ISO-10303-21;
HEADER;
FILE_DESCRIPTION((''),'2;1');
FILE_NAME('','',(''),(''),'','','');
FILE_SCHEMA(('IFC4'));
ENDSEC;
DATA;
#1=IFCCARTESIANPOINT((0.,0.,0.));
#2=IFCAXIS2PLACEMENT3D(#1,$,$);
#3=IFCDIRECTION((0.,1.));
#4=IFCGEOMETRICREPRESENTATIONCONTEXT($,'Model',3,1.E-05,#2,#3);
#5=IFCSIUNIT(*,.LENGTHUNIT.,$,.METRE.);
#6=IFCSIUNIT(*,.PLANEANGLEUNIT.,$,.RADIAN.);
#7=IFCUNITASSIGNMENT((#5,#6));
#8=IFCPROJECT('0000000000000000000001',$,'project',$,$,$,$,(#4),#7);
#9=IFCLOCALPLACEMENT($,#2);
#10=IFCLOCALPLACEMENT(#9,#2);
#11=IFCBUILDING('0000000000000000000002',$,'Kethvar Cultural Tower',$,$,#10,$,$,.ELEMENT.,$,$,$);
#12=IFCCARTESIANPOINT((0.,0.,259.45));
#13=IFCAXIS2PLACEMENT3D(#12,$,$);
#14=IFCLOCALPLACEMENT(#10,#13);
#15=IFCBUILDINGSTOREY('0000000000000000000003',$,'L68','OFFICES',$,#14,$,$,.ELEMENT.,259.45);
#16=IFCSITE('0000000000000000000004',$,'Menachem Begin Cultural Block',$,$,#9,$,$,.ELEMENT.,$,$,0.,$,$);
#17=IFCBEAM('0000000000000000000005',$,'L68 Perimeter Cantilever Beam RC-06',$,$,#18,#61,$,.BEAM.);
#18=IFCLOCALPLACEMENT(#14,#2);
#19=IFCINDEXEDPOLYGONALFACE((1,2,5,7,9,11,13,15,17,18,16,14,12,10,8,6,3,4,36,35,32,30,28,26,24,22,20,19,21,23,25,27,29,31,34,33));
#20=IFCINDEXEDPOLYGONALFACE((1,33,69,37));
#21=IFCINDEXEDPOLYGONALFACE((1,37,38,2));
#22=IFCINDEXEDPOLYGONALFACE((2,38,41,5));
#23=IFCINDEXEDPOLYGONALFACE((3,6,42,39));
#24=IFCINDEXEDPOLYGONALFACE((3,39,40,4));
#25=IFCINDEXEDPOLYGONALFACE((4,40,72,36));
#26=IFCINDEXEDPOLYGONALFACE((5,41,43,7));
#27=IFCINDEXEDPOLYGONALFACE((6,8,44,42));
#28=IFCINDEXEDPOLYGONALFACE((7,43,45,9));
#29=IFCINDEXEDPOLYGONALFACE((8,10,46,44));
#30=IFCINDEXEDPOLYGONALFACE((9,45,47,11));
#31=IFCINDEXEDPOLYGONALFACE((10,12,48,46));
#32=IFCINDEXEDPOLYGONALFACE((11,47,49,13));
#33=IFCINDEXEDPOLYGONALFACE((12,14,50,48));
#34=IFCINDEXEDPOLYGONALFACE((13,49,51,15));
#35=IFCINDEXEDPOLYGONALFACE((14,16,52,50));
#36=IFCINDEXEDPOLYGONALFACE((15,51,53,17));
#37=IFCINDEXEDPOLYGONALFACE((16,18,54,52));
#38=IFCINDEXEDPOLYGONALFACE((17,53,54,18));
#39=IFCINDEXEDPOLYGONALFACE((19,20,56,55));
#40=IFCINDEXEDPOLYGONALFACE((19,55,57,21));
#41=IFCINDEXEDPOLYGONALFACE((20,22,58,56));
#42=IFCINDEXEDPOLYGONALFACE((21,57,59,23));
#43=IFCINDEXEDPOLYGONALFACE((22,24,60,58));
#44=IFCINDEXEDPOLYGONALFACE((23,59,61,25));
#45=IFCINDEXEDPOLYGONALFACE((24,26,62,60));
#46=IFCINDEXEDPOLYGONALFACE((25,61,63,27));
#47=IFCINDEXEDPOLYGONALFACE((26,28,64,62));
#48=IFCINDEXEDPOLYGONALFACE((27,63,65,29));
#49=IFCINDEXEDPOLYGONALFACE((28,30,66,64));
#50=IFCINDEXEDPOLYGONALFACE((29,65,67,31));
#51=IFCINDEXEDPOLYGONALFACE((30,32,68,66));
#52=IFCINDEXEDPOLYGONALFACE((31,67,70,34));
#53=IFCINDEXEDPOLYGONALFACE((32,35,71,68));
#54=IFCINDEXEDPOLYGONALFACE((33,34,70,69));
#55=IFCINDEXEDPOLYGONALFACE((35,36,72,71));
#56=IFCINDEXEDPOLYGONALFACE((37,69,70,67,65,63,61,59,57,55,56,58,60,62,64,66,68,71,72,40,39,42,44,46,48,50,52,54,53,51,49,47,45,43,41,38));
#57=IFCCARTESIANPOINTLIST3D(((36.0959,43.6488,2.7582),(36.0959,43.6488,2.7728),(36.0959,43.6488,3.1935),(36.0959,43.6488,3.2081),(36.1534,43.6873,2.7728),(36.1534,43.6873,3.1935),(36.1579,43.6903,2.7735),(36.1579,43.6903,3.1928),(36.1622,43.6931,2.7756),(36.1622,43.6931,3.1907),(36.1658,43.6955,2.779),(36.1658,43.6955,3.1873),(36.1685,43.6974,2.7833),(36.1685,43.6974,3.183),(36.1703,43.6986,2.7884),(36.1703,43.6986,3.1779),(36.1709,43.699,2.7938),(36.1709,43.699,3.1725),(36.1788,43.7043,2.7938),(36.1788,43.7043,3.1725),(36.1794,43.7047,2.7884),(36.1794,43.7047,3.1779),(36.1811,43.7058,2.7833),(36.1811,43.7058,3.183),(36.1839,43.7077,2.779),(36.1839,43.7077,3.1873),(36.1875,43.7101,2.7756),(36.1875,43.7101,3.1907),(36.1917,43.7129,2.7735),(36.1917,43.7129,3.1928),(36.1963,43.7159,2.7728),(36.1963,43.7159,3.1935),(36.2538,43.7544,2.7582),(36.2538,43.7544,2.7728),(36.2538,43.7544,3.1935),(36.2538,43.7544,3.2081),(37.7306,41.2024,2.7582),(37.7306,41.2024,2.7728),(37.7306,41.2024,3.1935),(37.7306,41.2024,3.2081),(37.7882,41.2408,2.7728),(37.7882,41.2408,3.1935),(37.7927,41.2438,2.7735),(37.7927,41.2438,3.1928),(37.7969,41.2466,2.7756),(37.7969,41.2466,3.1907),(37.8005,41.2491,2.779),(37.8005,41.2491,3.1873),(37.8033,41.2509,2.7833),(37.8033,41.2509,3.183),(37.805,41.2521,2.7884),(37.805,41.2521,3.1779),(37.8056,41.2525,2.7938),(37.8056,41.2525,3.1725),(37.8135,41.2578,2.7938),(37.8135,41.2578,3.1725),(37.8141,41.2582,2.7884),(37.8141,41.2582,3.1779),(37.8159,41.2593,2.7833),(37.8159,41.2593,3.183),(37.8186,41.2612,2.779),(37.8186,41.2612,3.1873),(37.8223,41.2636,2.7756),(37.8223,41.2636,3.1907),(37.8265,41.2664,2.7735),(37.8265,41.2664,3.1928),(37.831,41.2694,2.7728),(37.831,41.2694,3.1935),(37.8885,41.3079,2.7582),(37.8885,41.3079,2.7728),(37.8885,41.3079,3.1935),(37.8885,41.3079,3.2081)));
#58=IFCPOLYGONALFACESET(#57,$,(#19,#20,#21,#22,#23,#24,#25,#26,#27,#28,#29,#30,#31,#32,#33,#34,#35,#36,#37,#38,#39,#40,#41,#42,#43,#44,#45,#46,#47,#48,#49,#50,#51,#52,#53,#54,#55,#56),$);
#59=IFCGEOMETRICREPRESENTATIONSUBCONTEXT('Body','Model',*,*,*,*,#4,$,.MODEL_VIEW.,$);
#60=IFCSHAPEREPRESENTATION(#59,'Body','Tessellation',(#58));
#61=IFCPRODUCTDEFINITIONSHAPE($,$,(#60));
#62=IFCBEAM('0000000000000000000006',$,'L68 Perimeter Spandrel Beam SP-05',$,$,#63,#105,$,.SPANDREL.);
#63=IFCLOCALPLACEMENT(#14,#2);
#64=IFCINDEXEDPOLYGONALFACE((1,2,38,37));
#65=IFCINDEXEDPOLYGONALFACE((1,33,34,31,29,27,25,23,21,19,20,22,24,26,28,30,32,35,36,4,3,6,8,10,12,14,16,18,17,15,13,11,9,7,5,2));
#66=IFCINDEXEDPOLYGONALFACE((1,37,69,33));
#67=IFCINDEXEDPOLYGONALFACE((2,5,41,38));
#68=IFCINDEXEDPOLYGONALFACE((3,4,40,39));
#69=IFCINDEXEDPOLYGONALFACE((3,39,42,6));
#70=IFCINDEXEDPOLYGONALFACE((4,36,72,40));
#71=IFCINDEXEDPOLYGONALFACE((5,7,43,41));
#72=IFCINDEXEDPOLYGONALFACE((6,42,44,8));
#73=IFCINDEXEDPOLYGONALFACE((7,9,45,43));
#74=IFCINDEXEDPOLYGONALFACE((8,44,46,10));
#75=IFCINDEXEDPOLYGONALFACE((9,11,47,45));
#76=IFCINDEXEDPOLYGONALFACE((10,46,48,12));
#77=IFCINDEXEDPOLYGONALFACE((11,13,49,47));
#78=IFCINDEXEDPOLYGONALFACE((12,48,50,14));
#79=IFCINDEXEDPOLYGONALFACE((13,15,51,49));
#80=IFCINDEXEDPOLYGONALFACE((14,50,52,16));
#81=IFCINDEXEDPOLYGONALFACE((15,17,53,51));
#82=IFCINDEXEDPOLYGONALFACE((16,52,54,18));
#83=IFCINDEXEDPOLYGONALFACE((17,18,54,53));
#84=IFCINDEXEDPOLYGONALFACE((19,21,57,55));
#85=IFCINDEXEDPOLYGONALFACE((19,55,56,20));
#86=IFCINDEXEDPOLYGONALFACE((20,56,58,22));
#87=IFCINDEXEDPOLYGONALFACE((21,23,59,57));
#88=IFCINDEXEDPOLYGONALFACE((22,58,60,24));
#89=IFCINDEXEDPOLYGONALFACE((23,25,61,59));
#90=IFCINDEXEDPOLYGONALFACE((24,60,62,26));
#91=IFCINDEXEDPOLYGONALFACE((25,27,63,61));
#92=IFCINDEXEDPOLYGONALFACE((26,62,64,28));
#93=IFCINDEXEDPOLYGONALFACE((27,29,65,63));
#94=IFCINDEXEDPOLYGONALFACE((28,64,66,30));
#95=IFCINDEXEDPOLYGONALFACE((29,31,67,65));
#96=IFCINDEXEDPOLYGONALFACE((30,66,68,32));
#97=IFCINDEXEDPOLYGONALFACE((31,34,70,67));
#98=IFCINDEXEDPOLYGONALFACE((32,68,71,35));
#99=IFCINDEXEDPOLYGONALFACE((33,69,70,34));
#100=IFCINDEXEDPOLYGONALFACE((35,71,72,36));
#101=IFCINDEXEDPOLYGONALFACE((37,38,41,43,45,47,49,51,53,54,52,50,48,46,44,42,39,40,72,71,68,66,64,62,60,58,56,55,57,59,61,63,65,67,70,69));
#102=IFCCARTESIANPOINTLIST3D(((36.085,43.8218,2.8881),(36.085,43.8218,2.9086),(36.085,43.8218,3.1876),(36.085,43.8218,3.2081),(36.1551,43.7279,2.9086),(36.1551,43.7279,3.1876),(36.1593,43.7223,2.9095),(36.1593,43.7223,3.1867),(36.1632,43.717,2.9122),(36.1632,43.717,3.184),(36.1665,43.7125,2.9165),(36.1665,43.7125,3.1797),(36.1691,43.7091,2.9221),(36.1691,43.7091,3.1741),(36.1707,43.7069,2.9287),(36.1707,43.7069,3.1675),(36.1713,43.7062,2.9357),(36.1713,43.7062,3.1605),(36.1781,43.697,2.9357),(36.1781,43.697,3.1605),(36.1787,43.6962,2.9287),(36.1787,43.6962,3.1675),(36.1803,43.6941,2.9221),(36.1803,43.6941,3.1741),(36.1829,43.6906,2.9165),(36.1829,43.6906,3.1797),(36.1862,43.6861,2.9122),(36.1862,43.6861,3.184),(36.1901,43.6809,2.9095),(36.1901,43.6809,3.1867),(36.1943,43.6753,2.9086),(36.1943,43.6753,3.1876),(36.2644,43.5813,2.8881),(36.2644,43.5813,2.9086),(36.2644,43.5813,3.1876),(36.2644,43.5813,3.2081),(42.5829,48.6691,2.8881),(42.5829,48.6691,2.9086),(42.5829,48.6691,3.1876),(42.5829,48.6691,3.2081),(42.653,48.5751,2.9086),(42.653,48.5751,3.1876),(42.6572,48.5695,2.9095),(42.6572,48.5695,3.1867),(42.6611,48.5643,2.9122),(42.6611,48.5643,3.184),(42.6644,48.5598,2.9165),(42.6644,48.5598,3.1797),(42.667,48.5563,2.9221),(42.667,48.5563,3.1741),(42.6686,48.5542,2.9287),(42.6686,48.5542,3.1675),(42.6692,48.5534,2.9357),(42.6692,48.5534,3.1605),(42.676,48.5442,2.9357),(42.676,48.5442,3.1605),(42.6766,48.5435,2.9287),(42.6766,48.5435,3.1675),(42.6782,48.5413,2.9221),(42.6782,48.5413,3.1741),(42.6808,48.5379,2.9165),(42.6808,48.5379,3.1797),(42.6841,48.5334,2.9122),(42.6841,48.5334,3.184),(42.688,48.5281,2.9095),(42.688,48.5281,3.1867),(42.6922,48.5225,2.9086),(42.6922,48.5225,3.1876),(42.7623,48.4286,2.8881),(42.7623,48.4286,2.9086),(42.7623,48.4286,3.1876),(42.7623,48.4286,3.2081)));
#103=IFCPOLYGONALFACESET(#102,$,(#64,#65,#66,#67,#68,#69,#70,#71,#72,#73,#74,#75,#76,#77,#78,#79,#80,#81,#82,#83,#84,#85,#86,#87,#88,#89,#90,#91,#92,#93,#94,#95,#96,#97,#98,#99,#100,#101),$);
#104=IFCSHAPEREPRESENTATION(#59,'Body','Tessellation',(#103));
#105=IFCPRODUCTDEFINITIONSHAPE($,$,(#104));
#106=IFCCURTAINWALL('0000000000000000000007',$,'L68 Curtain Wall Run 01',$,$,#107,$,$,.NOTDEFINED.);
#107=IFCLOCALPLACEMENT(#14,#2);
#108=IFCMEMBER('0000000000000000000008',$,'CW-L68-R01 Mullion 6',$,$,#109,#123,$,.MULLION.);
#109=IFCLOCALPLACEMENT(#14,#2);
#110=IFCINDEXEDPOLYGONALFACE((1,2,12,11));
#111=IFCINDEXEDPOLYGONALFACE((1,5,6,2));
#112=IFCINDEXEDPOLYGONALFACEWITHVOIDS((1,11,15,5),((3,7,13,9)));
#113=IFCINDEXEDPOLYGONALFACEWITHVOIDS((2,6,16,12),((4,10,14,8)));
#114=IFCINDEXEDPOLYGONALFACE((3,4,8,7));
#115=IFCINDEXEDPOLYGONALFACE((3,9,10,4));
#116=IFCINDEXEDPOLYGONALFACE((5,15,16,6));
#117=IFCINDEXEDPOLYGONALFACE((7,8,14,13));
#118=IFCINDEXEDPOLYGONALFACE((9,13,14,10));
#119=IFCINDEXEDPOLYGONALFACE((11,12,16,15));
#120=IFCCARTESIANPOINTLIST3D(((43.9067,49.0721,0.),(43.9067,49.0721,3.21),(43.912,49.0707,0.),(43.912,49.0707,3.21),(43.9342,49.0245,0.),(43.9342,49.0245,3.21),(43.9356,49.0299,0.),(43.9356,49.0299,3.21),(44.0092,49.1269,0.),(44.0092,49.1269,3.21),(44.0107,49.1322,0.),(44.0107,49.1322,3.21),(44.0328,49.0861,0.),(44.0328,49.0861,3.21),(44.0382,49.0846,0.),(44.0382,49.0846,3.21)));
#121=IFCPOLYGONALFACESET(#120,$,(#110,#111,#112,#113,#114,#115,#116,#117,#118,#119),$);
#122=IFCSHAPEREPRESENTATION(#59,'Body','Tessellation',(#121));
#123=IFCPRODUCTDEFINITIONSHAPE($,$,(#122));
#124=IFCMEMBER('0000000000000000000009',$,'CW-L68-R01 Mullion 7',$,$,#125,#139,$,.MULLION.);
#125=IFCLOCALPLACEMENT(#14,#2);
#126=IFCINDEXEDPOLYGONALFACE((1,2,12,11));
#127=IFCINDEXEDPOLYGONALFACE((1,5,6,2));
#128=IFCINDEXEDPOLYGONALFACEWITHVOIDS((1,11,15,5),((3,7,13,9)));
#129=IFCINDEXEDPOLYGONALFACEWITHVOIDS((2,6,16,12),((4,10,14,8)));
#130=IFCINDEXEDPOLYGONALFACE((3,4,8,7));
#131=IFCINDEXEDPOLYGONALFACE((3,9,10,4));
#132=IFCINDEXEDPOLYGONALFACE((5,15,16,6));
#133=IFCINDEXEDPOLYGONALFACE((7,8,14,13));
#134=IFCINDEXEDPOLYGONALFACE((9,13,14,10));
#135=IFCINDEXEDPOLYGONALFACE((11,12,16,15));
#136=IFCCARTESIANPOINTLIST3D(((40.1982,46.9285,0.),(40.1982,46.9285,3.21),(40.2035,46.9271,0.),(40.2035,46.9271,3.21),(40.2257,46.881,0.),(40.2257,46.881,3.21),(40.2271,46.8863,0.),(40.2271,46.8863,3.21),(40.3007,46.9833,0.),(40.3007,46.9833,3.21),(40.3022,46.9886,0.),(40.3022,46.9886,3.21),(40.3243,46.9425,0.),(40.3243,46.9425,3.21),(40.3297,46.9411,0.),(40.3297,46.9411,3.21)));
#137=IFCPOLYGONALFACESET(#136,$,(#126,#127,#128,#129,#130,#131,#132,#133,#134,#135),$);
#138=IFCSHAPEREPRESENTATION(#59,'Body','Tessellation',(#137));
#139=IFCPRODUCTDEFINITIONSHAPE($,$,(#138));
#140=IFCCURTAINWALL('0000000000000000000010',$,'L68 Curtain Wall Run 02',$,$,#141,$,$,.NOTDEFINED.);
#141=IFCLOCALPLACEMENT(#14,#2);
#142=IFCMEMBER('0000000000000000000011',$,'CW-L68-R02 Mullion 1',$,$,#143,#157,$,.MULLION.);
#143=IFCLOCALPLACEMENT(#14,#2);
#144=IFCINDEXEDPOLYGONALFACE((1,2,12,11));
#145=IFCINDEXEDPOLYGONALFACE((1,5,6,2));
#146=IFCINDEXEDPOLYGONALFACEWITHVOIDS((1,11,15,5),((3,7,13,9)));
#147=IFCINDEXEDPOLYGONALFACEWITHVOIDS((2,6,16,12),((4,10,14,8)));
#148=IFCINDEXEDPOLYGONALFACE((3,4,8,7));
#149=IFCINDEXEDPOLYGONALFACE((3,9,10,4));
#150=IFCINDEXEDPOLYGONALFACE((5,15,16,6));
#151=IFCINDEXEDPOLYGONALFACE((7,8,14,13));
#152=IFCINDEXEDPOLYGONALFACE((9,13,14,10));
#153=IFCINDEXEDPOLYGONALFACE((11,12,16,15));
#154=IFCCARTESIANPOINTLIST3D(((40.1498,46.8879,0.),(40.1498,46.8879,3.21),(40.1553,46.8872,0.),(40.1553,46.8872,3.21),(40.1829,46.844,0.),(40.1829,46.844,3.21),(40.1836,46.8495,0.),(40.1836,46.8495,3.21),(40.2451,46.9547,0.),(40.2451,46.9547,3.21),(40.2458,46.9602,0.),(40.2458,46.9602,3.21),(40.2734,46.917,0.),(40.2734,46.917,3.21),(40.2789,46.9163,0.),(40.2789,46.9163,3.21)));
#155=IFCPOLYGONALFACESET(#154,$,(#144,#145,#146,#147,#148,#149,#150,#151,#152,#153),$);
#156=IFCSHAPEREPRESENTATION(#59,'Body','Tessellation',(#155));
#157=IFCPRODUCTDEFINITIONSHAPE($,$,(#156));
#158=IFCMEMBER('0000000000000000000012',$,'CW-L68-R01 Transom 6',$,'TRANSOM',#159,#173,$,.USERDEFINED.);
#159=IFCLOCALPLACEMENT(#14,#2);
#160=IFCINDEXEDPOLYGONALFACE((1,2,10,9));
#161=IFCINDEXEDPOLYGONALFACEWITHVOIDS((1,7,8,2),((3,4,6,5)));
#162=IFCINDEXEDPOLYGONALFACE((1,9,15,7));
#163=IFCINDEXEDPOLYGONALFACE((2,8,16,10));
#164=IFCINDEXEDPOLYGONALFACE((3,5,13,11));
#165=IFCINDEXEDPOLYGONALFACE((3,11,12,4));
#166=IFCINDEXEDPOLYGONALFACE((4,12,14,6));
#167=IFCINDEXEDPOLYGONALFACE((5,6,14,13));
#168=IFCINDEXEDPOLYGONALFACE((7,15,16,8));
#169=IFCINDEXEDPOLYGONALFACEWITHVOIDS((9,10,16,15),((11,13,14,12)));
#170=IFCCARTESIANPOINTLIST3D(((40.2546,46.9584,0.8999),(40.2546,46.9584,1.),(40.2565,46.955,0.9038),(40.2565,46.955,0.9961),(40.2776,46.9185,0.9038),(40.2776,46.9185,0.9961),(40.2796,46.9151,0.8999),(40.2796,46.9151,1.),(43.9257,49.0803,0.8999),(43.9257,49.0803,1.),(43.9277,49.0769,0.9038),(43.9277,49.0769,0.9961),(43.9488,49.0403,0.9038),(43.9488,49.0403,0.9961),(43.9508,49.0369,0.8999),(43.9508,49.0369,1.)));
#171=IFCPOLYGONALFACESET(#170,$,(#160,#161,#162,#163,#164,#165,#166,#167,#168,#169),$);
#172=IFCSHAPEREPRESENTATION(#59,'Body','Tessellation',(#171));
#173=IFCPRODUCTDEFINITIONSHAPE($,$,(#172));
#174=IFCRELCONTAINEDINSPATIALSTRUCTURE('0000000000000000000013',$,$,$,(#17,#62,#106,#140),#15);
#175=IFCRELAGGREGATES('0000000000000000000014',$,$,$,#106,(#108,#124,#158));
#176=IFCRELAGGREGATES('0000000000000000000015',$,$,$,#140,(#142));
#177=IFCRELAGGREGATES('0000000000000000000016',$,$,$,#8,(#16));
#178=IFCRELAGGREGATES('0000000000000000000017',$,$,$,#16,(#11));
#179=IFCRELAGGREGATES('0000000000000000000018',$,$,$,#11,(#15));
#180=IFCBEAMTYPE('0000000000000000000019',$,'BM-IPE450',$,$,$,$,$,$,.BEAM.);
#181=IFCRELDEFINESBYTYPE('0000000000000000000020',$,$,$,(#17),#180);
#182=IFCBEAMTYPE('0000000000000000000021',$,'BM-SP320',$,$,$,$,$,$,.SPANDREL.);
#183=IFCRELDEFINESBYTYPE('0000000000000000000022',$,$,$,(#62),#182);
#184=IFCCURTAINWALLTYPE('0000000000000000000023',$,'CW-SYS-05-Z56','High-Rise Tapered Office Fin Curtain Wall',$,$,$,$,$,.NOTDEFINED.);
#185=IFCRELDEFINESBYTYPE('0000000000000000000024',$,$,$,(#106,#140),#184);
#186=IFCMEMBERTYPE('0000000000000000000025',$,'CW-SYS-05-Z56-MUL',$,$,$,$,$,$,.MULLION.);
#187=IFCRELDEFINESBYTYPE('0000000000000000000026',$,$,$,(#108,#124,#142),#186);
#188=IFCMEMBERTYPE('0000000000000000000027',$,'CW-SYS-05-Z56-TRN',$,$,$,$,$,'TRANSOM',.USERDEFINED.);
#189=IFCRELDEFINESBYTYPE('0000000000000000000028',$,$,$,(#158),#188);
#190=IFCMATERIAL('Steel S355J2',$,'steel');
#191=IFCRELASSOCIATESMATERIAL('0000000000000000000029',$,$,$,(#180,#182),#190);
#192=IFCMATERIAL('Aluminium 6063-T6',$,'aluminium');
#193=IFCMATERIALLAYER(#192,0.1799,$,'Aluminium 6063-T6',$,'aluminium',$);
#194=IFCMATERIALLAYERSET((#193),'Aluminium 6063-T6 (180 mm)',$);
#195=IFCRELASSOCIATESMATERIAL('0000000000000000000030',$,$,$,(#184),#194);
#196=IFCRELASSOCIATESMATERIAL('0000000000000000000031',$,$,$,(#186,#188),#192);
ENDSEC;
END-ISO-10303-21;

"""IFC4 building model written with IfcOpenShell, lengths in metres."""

from ifc_helpers import new_model, si_unit, direction, frame, origin, origin_2d, place, context, subcontext, project, spatial, hollow_rectangle, i_section, extrude, source, transform, mapped, material, layer, layer_set, material_profile, profile_set, type_object, element, aggregate, save


model = new_model("IFC4")

# Units and contexts
model_context = context("Model", 3, precision=1e-05, world=origin(), true_north=direction((0.0, 1.0)))
body_context = subcontext(model_context, "Body", "Model", "MODEL_VIEW")
ifc_project = project(units=[si_unit("LENGTHUNIT", "METRE"), si_unit("PLANEANGLEUNIT", "RADIAN")], contexts=[model_context])

# Site, building, storey
site_placement = place(None, origin())
site = spatial("IfcSite", under=ifc_project, at=site_placement, Name="Menachem Begin Cultural Block", CompositionType="ELEMENT", RefElevation=0.0)
building_placement = place(site_placement, origin())
building = spatial("IfcBuilding", under=site, at=building_placement, Name="Kethvar Cultural Tower", CompositionType="ELEMENT")
storey_placement = place(building_placement, frame((0.0, 0.0, 259.45)))
storey = spatial("IfcBuildingStorey", under=building, at=storey_placement, Name="L68", Description="OFFICES", CompositionType="ELEMENT", Elevation=259.45)

# Beams
ifc_material_1 = material(Name="Steel S355J2", Category="steel")
ifc_material_profile_1 = material_profile(ifc_material_1, i_section(OverallWidth=0.1899, OverallDepth=0.45, WebThickness=0.0095, FlangeThickness=0.0146, FilletRadius=0.021, at=origin_2d()), Name="Steel S355J2 — IPE450")
ifc_profile_set_1 = profile_set([ifc_material_profile_1], Name="Steel S355J2 — IPE450")
beam_type_1 = type_object("IfcBeamType", Name="BM-IPE450", PredefinedType="BEAM", material=ifc_profile_set_1)
shared_shape_1 = source(origin(), body_context, "Body", "SweptSolid", [
    extrude(i_section(OverallWidth=0.1899, OverallDepth=0.45, WebThickness=0.0095, FlangeThickness=0.0146, FilletRadius=0.021, at=origin_2d()), origin(), (0.0, 0.0, 1.0), 2.9424),
])
beam_1_placement = place(storey_placement, frame((37.8096, 41.2551, 2.9832), z_axis=(-0.555581, 0.831463, 0.0), x_axis=(-0.831463, -0.555581, 0.0)))
element("IfcBeam", 1, at=beam_1_placement, inside=storey, type_object=beam_type_1, Name="L68 Perimeter Cantilever Beam RC-06", PredefinedType="BEAM", context=body_context, shape_type="MappedRepresentation", body=[
    mapped(shared_shape_1, transform((0.0, 0.0, 0.0), scale=1.0)),
])
ifc_material_profile_2 = material_profile(ifc_material_1, i_section(OverallWidth=0.3, OverallDepth=0.3201, WebThickness=0.0115, FlangeThickness=0.0205, FilletRadius=0.0271, at=origin_2d()), Name="Steel S355J2 — HEB320")
ifc_profile_set_2 = profile_set([ifc_material_profile_2], Name="Steel S355J2 — HEB320")
beam_type_2 = type_object("IfcBeamType", Name="BM-SP320", PredefinedType="SPANDREL", material=ifc_profile_set_2)
shared_shape_2 = source(origin(), body_context, "Body", "SweptSolid", [
    extrude(i_section(OverallWidth=0.3, OverallDepth=0.3201, WebThickness=0.0115, FlangeThickness=0.0205, FilletRadius=0.0271, at=origin_2d()), origin(), (0.0, 0.0, 1.0), 8.1067),
])
beam_2_placement = place(storey_placement, frame((42.6726, 48.5488, 3.0481), z_axis=(-0.801548, -0.597931, 0.0), x_axis=(0.597931, -0.801548, 0.0)))
element("IfcBeam", 2, at=beam_2_placement, inside=storey, type_object=beam_type_2, Name="L68 Perimeter Spandrel Beam SP-05", PredefinedType="SPANDREL", context=body_context, shape_type="MappedRepresentation", body=[
    mapped(shared_shape_2, transform((0.0, 0.0, 0.0), scale=1.0)),
])

# Curtain wall, members
ifc_material_2 = material(Name="Aluminium 6063-T6", Category="aluminium")
ifc_layer_1 = layer(ifc_material_2, 0.1799, Name="Aluminium 6063-T6", Category="aluminium")
ifc_layer_set_1 = layer_set([ifc_layer_1], Name="Aluminium 6063-T6 (180 mm)")
curtain_wall_type = type_object("IfcCurtainWallType", Name="CW-SYS-05-Z56", Description="High-Rise Tapered Office Fin Curtain Wall", PredefinedType="NOTDEFINED", material=ifc_layer_set_1)
curtain_wall_1_placement = place(storey_placement, origin())
curtain_wall_1 = element("IfcCurtainWall", 3, at=curtain_wall_1_placement, inside=storey, type_object=curtain_wall_type, Name="L68 Curtain Wall Run 01", PredefinedType="NOTDEFINED")
ifc_material_profile_3 = material_profile(ifc_material_2, hollow_rectangle(XDim=0.0549, YDim=0.1201, WallThickness=0.0039, at=origin_2d()), Name="Aluminium 6063-T6 — RHS120x55x4")
ifc_profile_set_3 = profile_set([ifc_material_profile_3], Name="Aluminium 6063-T6 — RHS120x55x4")
member_type_1 = type_object("IfcMemberType", Name="CW-SYS-05-Z56-MUL", PredefinedType="MULLION", material=ifc_profile_set_3)
shared_shape_3 = source(origin(), body_context, "Body", "SweptSolid", [
    extrude(hollow_rectangle(XDim=0.0549, YDim=0.1201, WallThickness=0.0039, at=origin_2d()), origin(), (0.0, 0.0, 1.0), 3.21),
])
member_1_placement = place(storey_placement, frame((43.9724, 49.0784, 0.0), z_axis=(0.0, 0.0, 1.0), x_axis=(0.500423, -0.865781, 0.0)))
member_1 = element("IfcMember", 4, at=member_1_placement, type_object=member_type_1, Name="CW-L68-R01 Mullion 6", PredefinedType="MULLION", context=body_context, shape_type="MappedRepresentation", body=[
    mapped(shared_shape_3, transform((0.0, 0.0, 0.0), scale=1.0)),
])
member_2_placement = place(storey_placement, frame((40.2639, 46.9348, 0.0), z_axis=(0.0, 0.0, 1.0), x_axis=(0.500423, -0.865781, 0.0)))
member_2 = element("IfcMember", 5, at=member_2_placement, type_object=member_type_1, Name="CW-L68-R01 Mullion 7", PredefinedType="MULLION", context=body_context, shape_type="MappedRepresentation", body=[
    mapped(shared_shape_3, transform((0.0, 0.0, 0.0), scale=1.0)),
])

# Curtain wall, member
curtain_wall_2_placement = place(storey_placement, origin())
curtain_wall_2 = element("IfcCurtainWall", 6, at=curtain_wall_2_placement, inside=storey, type_object=curtain_wall_type, Name="L68 Curtain Wall Run 02", PredefinedType="NOTDEFINED")
member_3_placement = place(storey_placement, frame((40.2144, 46.9021, 0.0), z_axis=(0.0, 0.0, 1.0), x_axis=(0.601146, -0.799139, 0.0)))
member_3 = element("IfcMember", 7, at=member_3_placement, type_object=member_type_1, Name="CW-L68-R02 Mullion 1", PredefinedType="MULLION", context=body_context, shape_type="MappedRepresentation", body=[
    mapped(shared_shape_3, transform((0.0, 0.0, 0.0), scale=1.0)),
])

# Member
ifc_material_profile_4 = material_profile(ifc_material_2, hollow_rectangle(XDim=0.05, YDim=0.1001, WallThickness=0.0039, at=origin_2d()), Name="Aluminium 6063-T6 — RHS100x50x4")
ifc_profile_set_4 = profile_set([ifc_material_profile_4], Name="Aluminium 6063-T6 — RHS100x50x4")
member_type_2 = type_object("IfcMemberType", Name="CW-SYS-05-Z56-TRN", ElementType="TRANSOM", PredefinedType="USERDEFINED", material=ifc_profile_set_4)
shared_shape_4 = source(origin(), body_context, "Body", "SweptSolid", [
    extrude(hollow_rectangle(XDim=0.05, YDim=0.1001, WallThickness=0.0039, at=origin_2d()), origin(), (0.0, 0.0, 1.0), 4.2402),
])
member_4_placement = place(storey_placement, frame((43.9382, 49.0586, 0.95), z_axis=(-0.865791, -0.500405, 0.0), x_axis=(0.500405, -0.865791, 0.0)))
member_4 = element("IfcMember", 8, at=member_4_placement, type_object=member_type_2, Name="CW-L68-R01 Transom 6", ObjectType="TRANSOM", PredefinedType="USERDEFINED", context=body_context, shape_type="MappedRepresentation", body=[
    mapped(shared_shape_4, transform((0.0, 0.0, 0.0), scale=1.0)),
])

aggregate(curtain_wall_1, [member_1, member_2, member_4])
aggregate(curtain_wall_2, [member_3])

save(model, "model.ifc")
